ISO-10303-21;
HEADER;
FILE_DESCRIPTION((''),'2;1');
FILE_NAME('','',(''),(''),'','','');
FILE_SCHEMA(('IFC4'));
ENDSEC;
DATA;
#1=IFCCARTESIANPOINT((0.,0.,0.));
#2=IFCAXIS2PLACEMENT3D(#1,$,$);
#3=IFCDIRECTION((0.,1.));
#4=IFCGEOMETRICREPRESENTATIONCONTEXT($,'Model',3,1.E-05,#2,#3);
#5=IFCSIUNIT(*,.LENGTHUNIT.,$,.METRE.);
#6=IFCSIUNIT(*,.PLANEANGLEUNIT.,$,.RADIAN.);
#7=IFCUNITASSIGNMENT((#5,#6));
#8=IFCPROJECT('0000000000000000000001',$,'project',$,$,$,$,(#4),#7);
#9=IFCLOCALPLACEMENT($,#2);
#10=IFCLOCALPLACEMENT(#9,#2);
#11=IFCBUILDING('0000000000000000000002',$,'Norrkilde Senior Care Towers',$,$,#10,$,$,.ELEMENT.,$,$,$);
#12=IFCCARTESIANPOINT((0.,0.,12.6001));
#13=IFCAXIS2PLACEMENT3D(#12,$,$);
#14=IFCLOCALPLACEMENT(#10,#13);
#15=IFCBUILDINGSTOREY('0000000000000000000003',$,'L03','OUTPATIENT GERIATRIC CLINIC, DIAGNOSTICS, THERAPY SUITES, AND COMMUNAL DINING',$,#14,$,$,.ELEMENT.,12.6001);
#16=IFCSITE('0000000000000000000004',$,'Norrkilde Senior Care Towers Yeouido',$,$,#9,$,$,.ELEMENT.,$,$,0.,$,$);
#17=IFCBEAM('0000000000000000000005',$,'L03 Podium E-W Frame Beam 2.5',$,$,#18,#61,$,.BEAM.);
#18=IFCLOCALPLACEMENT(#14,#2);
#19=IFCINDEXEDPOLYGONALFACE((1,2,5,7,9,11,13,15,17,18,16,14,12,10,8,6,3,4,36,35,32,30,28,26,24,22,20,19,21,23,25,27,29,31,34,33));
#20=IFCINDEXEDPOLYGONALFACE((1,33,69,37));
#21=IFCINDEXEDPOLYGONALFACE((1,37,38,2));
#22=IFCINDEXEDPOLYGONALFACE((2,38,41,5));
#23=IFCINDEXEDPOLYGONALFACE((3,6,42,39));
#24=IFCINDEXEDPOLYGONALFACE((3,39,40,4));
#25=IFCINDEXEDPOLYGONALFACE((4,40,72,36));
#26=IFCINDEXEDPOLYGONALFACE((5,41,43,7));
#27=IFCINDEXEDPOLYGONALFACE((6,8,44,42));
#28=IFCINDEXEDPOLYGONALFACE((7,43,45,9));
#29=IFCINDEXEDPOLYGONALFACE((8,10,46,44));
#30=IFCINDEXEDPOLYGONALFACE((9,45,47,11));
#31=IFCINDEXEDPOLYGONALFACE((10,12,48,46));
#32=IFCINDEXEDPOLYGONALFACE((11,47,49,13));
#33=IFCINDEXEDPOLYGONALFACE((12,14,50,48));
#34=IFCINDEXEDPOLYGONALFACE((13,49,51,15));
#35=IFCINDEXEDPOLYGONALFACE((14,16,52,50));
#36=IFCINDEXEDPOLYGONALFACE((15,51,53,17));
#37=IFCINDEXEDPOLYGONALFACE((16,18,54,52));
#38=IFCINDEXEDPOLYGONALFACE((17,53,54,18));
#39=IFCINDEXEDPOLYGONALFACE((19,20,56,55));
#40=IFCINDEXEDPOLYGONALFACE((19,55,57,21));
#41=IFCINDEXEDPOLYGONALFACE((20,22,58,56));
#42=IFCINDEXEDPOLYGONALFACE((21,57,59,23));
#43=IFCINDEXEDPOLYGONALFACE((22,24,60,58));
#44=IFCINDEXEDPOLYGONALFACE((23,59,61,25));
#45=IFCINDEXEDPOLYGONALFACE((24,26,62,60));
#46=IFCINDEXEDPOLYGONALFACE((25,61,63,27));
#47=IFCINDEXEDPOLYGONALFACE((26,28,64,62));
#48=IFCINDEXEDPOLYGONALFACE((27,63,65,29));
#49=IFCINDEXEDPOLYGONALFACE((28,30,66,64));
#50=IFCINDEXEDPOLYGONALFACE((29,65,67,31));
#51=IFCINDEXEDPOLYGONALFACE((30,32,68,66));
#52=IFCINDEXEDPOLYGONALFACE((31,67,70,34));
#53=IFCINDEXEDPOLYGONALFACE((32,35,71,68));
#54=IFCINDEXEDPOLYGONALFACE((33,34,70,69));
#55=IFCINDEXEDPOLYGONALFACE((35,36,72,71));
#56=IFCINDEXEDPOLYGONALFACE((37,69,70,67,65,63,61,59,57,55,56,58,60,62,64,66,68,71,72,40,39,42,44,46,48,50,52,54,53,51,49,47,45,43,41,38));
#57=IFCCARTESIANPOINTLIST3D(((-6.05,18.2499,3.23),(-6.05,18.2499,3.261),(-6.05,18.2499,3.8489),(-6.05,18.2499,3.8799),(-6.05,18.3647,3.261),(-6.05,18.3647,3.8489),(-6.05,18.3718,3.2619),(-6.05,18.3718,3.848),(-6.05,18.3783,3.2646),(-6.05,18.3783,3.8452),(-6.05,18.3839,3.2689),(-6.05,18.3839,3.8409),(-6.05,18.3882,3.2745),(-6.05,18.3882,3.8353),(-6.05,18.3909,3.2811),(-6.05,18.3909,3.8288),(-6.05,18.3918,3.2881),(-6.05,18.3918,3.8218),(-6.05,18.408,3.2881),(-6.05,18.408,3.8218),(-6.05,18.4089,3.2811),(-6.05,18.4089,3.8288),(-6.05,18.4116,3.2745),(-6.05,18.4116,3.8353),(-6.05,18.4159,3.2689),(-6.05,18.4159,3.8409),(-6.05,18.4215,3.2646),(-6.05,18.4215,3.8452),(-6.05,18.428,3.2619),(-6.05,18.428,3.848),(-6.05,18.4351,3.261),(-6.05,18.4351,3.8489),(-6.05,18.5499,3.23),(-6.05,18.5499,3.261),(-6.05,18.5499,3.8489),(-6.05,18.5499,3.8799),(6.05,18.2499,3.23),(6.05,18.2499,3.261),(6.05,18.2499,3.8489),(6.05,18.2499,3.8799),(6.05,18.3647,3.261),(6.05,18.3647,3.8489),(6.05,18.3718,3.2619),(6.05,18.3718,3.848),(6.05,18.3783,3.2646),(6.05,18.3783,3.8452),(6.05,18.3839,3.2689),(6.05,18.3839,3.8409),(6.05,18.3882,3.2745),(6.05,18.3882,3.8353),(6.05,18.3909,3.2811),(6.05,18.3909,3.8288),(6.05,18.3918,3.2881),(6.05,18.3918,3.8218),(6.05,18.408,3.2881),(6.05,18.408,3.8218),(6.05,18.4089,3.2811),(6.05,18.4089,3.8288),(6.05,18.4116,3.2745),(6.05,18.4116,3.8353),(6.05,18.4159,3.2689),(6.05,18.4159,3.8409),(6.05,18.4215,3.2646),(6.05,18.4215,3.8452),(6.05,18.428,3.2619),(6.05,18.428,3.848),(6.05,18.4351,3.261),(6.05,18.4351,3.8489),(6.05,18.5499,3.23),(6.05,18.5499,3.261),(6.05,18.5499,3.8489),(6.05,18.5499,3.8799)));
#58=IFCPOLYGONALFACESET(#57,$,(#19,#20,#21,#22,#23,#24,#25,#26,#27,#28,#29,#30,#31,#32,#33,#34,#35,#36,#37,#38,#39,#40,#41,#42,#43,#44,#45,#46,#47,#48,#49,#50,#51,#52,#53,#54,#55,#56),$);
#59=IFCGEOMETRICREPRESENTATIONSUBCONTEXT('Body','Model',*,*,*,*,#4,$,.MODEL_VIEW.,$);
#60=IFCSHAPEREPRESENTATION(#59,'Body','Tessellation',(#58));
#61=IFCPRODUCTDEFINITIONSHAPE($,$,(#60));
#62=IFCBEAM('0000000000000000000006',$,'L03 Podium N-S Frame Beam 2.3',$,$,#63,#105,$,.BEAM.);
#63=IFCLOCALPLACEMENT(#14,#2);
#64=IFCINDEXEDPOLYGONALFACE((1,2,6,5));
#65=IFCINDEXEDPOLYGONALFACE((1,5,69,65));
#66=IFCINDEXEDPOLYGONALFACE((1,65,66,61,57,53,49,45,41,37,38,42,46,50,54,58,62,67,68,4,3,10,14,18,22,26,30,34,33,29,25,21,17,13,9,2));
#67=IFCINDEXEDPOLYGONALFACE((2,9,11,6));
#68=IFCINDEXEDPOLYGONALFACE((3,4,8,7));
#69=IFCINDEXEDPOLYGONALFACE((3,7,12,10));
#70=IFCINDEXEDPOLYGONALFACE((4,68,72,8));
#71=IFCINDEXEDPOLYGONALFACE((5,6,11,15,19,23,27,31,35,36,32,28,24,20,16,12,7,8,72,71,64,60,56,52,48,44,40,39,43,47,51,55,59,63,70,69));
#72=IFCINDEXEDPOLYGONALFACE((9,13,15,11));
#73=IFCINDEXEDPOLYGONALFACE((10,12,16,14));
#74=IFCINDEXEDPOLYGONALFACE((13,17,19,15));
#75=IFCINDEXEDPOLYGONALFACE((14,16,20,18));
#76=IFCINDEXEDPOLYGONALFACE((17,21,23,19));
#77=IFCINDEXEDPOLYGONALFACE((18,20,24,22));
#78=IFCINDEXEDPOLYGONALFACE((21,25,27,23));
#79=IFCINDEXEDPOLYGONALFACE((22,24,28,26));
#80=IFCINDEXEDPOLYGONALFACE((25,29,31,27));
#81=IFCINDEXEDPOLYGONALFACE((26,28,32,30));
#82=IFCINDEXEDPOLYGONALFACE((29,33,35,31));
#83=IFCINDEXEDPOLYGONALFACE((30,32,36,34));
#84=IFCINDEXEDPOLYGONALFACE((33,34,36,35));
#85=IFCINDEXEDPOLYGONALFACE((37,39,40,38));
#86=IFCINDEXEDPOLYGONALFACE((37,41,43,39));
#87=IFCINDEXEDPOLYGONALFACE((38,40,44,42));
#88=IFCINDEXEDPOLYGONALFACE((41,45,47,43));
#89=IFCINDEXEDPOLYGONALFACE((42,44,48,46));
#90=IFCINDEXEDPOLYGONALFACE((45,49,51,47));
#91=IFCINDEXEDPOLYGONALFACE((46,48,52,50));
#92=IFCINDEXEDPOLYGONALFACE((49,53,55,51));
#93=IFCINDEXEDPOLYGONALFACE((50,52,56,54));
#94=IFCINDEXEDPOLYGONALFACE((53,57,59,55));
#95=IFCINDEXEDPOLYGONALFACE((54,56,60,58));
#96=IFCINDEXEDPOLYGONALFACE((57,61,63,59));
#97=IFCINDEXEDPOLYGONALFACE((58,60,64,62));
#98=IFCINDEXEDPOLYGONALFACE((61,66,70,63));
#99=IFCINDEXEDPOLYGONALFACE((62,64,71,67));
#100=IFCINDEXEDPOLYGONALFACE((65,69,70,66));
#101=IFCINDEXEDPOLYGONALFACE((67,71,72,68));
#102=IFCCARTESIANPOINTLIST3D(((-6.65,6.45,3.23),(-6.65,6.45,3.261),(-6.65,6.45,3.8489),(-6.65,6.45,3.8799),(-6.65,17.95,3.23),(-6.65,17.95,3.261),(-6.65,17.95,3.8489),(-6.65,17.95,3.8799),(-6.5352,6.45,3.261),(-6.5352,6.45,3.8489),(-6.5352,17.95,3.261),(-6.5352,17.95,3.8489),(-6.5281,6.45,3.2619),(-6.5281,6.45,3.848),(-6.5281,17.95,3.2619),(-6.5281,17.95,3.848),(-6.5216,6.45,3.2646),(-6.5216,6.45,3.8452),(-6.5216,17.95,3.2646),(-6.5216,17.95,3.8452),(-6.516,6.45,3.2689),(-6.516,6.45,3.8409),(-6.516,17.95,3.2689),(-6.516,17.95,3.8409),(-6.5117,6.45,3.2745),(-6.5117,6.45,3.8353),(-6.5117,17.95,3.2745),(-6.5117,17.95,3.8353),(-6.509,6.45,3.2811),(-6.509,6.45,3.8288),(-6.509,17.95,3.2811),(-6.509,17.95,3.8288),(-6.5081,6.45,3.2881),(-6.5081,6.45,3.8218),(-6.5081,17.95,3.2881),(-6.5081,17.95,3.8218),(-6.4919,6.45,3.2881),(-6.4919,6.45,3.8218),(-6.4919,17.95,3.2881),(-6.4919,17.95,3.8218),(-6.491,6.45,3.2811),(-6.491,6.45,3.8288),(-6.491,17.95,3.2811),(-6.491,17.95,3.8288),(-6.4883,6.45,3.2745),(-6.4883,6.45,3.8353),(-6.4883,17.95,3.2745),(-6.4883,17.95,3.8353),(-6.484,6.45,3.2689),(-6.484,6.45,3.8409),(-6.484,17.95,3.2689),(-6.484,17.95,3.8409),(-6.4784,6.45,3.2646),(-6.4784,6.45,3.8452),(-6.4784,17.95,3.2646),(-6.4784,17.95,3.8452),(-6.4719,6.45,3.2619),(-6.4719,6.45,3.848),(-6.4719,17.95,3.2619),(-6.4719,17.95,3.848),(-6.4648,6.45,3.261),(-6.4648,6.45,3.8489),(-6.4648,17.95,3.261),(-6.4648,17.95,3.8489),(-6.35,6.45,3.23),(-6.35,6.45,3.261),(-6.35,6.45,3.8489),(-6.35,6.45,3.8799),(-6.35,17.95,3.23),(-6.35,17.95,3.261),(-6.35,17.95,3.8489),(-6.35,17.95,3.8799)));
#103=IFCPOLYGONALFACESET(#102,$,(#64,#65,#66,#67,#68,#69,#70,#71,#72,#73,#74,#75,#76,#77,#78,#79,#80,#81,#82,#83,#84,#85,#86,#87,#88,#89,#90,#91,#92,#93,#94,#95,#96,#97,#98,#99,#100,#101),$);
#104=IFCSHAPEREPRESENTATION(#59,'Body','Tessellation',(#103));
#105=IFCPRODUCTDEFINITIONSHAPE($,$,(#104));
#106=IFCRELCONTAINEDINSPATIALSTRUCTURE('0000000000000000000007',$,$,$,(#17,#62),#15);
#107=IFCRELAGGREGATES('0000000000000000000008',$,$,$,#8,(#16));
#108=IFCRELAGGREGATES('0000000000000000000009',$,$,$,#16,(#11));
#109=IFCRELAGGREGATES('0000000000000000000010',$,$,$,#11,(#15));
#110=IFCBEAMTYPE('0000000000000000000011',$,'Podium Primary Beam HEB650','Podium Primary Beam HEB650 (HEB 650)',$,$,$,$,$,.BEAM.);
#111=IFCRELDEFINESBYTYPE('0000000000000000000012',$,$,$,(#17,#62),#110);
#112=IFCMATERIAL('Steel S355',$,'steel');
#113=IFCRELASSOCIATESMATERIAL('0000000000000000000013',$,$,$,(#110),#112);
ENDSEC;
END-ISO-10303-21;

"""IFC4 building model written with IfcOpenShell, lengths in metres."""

from ifc_helpers import new_model, si_unit, direction, frame, origin, origin_2d, place, context, subcontext, project, spatial, i_section, extrude, source, transform, mapped, material, material_profile, profile_set, type_object, element, save


model = new_model("IFC4")

# Units and contexts
model_context = context("Model", 3, precision=1e-05, world=origin(), true_north=direction((0.0, 1.0)))
body_context = subcontext(model_context, "Body", "Model", "MODEL_VIEW")
ifc_project = project(units=[si_unit("LENGTHUNIT", "METRE"), si_unit("PLANEANGLEUNIT", "RADIAN")], contexts=[model_context])

# Site, building, storey
site_placement = place(None, origin())
site = spatial("IfcSite", under=ifc_project, at=site_placement, Name="Norrkilde Senior Care Towers Yeouido", CompositionType="ELEMENT", RefElevation=0.0)
building_placement = place(site_placement, origin())
building = spatial("IfcBuilding", under=site, at=building_placement, Name="Norrkilde Senior Care Towers", CompositionType="ELEMENT")
storey_placement = place(building_placement, frame((0.0, 0.0, 12.6001)))
storey = spatial("IfcBuildingStorey", under=building, at=storey_placement, Name="L03", Description="OUTPATIENT GERIATRIC CLINIC, DIAGNOSTICS, THERAPY SUITES, AND COMMUNAL DINING", CompositionType="ELEMENT", Elevation=12.6001)

# Beams
ifc_material_1 = material(Name="Steel S355", Category="steel")
ifc_material_profile_1 = material_profile(ifc_material_1, i_section(OverallWidth=0.3, OverallDepth=0.6499, WebThickness=0.0161, FlangeThickness=0.031, FilletRadius=0.0271, at=origin_2d()), Name="HEB 650")
ifc_profile_set_1 = profile_set([ifc_material_profile_1], Name="Steel S355")
beam_type_1 = type_object("IfcBeamType", Name="Podium Primary Beam HEB650", Description="Podium Primary Beam HEB650 (HEB 650)", PredefinedType="BEAM", material=ifc_profile_set_1)
shared_shape_1 = source(origin(), body_context, "Body", "SweptSolid", [
    extrude(i_section(OverallWidth=0.3, OverallDepth=0.6499, WebThickness=0.0161, FlangeThickness=0.031, FilletRadius=0.0271, at=origin_2d()), origin(), (0.0, 0.0, 1.0), 12.1001),
])
beam_1_placement = place(storey_placement, frame((-6.05, 18.3999, 3.5549), z_axis=(1.0, 0.0, 0.0), x_axis=(0.0, 1.0, 0.0)))
element("IfcBeam", 1, at=beam_1_placement, inside=storey, type_object=beam_type_1, Name="L03 Podium E-W Frame Beam 2.5", PredefinedType="BEAM", context=body_context, shape_type="MappedRepresentation", body=[
    mapped(shared_shape_1, transform((0.0, 0.0, 0.0), x_axis=(1.0, 0.0, 0.0), y_axis=(0.0, 1.0, 0.0), z_axis=(0.0, 0.0, 1.0), scale=1.0)),
])
shared_shape_2 = source(origin(), body_context, "Body", "SweptSolid", [
    extrude(i_section(OverallWidth=0.3, OverallDepth=0.6499, WebThickness=0.0161, FlangeThickness=0.031, FilletRadius=0.0271, at=origin_2d()), origin(), (0.0, 0.0, 1.0), 11.5),
])
beam_2_placement = place(storey_placement, frame((-6.5, 6.45, 3.5549), z_axis=(0.0, 1.0, 0.0), x_axis=(-1.0, 0.0, 0.0)))
element("IfcBeam", 2, at=beam_2_placement, inside=storey, type_object=beam_type_1, Name="L03 Podium N-S Frame Beam 2.3", PredefinedType="BEAM", context=body_context, shape_type="MappedRepresentation", body=[
    mapped(shared_shape_2, transform((0.0, 0.0, 0.0), x_axis=(1.0, 0.0, 0.0), y_axis=(0.0, 1.0, 0.0), z_axis=(0.0, 0.0, 1.0), scale=1.0)),
])

save(model, "model.ifc")
